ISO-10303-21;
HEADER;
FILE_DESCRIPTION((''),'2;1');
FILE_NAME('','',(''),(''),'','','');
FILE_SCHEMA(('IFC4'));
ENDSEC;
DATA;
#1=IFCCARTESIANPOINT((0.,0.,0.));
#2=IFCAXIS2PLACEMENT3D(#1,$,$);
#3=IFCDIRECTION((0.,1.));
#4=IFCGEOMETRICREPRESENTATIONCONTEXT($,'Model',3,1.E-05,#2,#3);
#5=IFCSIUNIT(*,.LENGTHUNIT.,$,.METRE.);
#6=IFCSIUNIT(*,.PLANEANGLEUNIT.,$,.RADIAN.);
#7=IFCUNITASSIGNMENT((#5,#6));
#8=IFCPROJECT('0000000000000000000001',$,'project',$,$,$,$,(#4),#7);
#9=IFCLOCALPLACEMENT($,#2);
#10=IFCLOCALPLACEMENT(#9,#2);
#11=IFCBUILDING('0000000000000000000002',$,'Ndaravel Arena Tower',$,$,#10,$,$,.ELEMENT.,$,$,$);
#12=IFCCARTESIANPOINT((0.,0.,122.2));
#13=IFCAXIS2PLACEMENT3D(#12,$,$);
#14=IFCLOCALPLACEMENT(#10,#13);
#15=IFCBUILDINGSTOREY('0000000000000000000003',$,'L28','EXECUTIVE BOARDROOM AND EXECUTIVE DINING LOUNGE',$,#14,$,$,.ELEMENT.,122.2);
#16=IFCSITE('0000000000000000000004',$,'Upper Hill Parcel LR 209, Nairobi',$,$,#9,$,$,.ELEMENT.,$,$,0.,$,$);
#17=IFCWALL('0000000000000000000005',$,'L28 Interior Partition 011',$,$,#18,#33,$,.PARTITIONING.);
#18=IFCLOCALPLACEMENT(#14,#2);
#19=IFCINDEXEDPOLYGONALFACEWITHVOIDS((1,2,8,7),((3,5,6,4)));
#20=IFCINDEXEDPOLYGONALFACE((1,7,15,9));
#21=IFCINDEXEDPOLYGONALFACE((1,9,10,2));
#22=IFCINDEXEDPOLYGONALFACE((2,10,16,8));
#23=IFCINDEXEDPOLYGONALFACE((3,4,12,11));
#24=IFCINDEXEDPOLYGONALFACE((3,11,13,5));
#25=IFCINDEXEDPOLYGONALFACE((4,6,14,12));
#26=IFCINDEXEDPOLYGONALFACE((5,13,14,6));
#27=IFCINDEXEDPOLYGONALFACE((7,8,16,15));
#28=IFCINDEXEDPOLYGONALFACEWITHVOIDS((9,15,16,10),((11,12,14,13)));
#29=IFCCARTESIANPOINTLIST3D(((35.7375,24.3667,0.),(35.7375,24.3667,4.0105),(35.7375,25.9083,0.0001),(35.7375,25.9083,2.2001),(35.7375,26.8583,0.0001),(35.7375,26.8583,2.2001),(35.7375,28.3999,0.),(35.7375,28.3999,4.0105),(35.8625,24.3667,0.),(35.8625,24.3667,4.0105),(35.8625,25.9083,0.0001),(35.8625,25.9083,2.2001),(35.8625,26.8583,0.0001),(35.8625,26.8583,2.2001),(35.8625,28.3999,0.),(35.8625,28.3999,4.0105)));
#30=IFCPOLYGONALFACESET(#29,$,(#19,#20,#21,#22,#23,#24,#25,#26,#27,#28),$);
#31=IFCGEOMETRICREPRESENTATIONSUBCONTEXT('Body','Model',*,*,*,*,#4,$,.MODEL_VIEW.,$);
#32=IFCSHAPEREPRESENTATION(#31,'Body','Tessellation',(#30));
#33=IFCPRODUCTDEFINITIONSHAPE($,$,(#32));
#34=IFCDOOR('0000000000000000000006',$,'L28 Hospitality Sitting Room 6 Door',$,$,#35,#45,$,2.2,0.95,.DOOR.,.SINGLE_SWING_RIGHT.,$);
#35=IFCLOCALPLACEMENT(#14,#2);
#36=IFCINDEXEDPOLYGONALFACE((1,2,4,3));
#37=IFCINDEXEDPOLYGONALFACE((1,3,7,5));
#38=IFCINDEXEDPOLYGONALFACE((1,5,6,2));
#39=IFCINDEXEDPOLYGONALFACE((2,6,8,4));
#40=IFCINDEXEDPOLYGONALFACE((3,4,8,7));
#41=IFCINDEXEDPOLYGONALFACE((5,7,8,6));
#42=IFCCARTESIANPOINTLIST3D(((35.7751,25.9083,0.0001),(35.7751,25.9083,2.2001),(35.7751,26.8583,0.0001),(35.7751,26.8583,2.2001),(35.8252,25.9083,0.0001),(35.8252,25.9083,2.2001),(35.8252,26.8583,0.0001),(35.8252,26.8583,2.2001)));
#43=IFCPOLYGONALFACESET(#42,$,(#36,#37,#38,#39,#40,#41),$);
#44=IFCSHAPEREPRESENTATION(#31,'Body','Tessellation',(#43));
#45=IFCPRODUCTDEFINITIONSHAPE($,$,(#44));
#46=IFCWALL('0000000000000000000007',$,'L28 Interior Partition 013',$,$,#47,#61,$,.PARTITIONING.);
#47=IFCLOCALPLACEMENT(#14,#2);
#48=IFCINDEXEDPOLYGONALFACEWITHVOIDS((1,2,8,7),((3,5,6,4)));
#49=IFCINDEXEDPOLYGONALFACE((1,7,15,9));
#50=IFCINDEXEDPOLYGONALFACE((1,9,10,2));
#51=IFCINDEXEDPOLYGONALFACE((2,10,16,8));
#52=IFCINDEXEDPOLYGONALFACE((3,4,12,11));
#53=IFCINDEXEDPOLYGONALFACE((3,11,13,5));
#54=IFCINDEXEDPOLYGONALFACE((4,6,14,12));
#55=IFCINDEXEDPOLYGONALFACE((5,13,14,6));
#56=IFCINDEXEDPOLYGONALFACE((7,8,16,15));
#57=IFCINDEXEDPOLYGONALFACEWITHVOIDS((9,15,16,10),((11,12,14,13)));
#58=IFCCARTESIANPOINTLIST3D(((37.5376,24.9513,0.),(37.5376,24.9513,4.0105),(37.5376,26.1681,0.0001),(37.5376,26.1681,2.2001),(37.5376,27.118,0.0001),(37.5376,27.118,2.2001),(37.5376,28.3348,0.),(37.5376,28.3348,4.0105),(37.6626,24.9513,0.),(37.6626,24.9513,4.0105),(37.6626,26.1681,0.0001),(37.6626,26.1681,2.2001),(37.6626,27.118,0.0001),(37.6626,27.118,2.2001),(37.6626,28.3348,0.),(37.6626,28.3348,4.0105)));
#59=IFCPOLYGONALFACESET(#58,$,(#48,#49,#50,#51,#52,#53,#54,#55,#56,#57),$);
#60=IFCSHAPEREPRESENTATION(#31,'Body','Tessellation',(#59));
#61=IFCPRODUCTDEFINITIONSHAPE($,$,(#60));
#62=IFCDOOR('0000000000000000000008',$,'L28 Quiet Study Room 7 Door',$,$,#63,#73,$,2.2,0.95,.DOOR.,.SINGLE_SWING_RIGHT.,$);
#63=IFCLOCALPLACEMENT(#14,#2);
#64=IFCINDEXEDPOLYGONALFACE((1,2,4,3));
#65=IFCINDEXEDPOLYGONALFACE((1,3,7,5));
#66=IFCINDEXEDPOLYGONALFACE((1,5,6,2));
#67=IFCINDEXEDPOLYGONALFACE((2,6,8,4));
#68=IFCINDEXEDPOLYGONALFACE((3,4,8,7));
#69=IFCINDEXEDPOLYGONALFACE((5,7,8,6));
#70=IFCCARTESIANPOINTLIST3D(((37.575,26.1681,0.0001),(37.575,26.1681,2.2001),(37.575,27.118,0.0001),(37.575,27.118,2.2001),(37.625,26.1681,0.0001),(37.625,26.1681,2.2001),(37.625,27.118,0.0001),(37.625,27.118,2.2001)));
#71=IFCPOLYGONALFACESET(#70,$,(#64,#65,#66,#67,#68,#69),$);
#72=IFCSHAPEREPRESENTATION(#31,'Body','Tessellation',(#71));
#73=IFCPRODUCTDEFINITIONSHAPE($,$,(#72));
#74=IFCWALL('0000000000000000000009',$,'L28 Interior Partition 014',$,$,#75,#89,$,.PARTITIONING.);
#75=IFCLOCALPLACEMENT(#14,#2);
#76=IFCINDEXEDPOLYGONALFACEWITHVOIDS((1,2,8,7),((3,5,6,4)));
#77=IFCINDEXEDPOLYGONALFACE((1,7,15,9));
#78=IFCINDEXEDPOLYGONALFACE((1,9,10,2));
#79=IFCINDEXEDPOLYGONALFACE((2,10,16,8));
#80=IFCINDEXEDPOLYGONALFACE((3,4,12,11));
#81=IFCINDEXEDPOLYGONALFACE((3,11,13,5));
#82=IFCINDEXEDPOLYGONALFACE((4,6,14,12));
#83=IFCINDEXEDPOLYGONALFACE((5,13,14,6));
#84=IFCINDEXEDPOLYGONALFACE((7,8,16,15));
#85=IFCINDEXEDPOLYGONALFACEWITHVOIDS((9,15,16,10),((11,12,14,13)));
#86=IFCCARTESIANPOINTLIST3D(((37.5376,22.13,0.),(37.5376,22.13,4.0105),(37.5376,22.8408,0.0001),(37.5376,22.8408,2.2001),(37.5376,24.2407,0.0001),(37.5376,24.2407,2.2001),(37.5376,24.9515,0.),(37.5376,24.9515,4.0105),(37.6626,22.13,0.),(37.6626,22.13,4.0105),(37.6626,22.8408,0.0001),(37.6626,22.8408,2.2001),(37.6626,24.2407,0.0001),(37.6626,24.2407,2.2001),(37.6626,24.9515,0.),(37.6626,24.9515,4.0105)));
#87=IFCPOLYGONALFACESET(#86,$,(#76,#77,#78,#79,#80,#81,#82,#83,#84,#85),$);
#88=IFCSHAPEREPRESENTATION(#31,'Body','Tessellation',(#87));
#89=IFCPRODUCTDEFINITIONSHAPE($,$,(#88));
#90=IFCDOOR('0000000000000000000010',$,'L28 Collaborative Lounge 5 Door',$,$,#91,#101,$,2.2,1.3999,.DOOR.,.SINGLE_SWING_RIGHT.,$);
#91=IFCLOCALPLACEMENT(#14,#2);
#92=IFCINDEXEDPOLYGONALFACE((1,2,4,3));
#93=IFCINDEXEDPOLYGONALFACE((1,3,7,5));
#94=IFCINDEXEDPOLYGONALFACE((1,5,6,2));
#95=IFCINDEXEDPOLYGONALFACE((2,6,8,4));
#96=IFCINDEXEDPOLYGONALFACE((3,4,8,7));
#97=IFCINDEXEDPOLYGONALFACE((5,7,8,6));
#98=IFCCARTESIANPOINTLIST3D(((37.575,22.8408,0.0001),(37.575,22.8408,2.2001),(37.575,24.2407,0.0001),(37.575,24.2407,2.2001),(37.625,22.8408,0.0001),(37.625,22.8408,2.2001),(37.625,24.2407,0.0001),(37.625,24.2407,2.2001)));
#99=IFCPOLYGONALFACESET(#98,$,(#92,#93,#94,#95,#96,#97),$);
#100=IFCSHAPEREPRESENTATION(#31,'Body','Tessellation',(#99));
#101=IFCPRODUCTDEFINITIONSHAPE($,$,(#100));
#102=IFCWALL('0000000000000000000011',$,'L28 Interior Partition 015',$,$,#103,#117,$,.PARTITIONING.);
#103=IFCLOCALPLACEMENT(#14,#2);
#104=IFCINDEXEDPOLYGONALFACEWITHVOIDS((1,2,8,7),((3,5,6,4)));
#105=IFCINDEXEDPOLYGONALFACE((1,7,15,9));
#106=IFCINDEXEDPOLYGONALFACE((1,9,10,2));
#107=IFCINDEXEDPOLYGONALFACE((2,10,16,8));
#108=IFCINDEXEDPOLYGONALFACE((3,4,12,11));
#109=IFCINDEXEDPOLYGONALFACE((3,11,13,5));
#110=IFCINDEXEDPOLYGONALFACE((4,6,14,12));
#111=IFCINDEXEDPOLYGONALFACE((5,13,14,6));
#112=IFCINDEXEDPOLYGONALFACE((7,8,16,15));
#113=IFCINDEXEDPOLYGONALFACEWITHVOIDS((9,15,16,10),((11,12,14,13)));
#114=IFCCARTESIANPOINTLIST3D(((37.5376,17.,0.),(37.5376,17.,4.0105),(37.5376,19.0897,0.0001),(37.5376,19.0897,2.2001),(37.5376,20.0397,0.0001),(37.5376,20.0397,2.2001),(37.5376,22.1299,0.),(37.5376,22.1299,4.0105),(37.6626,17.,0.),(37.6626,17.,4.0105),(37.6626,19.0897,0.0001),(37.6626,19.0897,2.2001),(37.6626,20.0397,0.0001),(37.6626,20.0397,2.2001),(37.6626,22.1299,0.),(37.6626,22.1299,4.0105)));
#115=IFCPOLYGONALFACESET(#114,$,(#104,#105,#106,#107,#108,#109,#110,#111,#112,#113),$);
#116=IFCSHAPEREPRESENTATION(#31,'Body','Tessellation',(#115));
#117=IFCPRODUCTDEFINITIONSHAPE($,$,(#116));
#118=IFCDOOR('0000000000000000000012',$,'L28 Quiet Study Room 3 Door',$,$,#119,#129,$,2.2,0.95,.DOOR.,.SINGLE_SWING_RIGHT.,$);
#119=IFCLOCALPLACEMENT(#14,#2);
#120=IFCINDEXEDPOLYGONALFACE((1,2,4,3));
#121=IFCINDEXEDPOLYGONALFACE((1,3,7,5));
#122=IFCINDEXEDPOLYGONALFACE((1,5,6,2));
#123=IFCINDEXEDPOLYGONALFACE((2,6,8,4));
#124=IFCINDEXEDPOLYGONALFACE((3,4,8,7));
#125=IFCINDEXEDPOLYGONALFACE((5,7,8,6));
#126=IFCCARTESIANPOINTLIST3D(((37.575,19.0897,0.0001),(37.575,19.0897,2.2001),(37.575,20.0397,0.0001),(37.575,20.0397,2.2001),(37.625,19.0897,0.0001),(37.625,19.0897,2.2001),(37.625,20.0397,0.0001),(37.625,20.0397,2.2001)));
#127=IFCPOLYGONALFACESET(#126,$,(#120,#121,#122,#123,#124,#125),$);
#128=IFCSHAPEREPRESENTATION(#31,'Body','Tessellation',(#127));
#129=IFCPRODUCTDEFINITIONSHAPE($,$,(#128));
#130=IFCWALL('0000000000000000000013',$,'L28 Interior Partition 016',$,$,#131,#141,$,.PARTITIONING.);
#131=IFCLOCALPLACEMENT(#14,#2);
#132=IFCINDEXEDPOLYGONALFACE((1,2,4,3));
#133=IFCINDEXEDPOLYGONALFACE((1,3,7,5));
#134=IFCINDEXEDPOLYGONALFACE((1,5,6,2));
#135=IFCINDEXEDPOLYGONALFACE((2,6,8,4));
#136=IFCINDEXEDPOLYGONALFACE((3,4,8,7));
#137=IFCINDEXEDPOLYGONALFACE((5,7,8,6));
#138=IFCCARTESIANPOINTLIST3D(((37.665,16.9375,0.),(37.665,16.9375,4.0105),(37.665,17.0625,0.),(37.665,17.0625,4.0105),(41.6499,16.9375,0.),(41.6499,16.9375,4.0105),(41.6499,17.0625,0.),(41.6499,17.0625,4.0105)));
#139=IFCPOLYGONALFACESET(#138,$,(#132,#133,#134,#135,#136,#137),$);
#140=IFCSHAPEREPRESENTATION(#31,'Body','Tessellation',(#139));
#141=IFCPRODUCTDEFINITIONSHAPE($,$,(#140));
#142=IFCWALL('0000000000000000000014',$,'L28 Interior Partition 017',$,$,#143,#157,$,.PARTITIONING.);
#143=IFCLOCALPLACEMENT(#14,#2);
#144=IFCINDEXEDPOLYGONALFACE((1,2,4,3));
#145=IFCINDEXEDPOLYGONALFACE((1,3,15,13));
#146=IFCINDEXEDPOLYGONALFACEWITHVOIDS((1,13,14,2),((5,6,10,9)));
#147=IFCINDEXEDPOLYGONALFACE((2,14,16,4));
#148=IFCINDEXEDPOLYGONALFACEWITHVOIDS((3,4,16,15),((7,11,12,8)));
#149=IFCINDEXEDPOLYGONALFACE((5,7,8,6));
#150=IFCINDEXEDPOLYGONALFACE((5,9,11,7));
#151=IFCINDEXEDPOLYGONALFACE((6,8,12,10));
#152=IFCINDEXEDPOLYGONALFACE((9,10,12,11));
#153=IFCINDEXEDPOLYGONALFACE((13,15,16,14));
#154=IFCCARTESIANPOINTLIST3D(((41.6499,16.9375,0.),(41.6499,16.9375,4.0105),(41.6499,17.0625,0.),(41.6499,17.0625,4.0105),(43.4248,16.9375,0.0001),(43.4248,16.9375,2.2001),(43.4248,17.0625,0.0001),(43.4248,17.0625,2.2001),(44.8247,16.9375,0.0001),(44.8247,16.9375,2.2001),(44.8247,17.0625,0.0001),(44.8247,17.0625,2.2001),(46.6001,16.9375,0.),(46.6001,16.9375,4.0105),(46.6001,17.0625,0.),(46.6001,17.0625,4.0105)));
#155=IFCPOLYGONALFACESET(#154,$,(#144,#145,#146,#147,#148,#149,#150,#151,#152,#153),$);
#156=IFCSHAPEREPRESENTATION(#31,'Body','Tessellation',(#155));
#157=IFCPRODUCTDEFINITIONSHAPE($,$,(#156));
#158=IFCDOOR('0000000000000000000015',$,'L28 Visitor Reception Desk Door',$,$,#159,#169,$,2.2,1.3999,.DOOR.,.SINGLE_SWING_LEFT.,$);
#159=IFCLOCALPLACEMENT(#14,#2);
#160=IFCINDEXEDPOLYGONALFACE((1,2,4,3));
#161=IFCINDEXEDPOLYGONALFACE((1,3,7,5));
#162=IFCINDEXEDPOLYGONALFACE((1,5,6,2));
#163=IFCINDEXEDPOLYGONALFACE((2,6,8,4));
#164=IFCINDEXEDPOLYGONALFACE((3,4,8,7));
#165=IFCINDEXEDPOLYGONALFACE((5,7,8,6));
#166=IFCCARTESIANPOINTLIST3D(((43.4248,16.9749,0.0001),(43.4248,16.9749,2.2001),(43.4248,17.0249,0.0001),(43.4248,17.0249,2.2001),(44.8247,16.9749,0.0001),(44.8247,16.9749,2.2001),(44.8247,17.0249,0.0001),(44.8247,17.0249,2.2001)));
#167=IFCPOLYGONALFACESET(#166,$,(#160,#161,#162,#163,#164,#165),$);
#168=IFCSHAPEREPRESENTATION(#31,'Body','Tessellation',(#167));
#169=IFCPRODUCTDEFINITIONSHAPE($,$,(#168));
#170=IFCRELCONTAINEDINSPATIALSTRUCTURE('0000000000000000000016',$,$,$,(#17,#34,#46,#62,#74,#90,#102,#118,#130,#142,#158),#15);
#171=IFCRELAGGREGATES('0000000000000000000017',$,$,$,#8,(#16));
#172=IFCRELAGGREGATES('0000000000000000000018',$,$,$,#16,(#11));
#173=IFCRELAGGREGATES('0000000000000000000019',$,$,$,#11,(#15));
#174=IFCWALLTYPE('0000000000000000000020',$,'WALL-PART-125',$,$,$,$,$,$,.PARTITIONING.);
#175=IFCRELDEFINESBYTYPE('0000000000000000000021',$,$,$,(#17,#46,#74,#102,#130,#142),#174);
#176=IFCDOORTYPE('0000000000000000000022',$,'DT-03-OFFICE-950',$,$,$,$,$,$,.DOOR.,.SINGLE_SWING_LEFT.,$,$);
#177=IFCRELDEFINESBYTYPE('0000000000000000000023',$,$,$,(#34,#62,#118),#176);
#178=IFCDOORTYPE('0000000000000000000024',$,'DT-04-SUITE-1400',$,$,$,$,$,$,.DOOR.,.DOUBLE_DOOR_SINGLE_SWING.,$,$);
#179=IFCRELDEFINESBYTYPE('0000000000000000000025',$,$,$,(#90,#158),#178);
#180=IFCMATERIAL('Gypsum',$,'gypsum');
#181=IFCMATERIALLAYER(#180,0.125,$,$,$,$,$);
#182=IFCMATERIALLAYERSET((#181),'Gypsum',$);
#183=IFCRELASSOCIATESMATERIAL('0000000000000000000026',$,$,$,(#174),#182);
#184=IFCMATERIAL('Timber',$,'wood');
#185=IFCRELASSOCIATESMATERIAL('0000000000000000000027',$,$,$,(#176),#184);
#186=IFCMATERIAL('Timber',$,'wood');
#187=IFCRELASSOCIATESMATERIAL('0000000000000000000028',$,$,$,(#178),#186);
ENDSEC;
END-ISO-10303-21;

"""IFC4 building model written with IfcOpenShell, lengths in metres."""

from ifc_helpers import new_model, si_unit, direction, frame, frame_2d, origin, place, context, subcontext, project, spatial, rectangle, extrude, material, layer, layer_set, type_object, element, fill, save


model = new_model("IFC4")

# Units and contexts
model_context = context("Model", 3, precision=1e-05, world=origin(), true_north=direction((0.0, 1.0)))
body_context = subcontext(model_context, "Body", "Model", "MODEL_VIEW")
ifc_project = project(units=[si_unit("LENGTHUNIT", "METRE"), si_unit("PLANEANGLEUNIT", "RADIAN")], contexts=[model_context])

# Site, building, storey
site_placement = place(None, origin())
site = spatial("IfcSite", under=ifc_project, at=site_placement, Name="Upper Hill Parcel LR 209, Nairobi", CompositionType="ELEMENT", RefElevation=0.0)
building_placement = place(site_placement, origin())
building = spatial("IfcBuilding", under=site, at=building_placement, Name="Ndaravel Arena Tower", CompositionType="ELEMENT")
storey_placement = place(building_placement, frame((0.0, 0.0, 122.2)))
storey = spatial("IfcBuildingStorey", under=building, at=storey_placement, Name="L28", Description="EXECUTIVE BOARDROOM AND EXECUTIVE DINING LOUNGE", CompositionType="ELEMENT", Elevation=122.2)

# Walls, openings, doors
ifc_material_1 = material(Name="Gypsum", Category="gypsum")
ifc_layer = layer(ifc_material_1, 0.125)
ifc_layer_set = layer_set([ifc_layer], Name="Gypsum")
wall_type = type_object("IfcWallType", Name="WALL-PART-125", PredefinedType="PARTITIONING", material=ifc_layer_set)
wall_1_placement = place(storey_placement, frame((35.8, 24.3667, 0.0), z_axis=(0.0, 0.0, 1.0), x_axis=(0.0, 1.0, 0.0)))
wall_1 = element("IfcWall", 1, at=wall_1_placement, inside=storey, type_object=wall_type, Name="L28 Interior Partition 011", PredefinedType="PARTITIONING", context=body_context, shape_type="SweptSolid", body=[
    extrude(rectangle(XDim=4.0332, YDim=0.125, at=frame_2d((2.0166, 0.0))), origin(), (0.0, 0.0, 1.0), 4.0105),
])
opening_1_placement = place(wall_1_placement, frame((1.5415, 0.0, 0.0)))
opening_1 = element("IfcOpeningElement", 2, at=opening_1_placement, cuts=wall_1, PredefinedType="OPENING", context=body_context, shape_type="SweptSolid", body=[
    extrude(rectangle(XDim=0.95, YDim=2.2, at=frame_2d((0.4751, 1.1001))), frame((0.0, 0.0625, 0.0), z_axis=(0.0, -1.0, 0.0), x_axis=(1.0, 0.0, 0.0)), (0.0, 0.0, 1.0), 0.125),
])
ifc_material_2 = material(Name="Timber", Category="wood")
door_type_1 = type_object("IfcDoorType", Name="DT-03-OFFICE-950", OperationType="SINGLE_SWING_LEFT", PredefinedType="DOOR", material=ifc_material_2)
door_1_placement = place(opening_1_placement, origin())
door_1 = element("IfcDoor", 3, at=door_1_placement, inside=storey, type_object=door_type_1, Name="L28 Hospitality Sitting Room 6 Door", OperationType="SINGLE_SWING_RIGHT", OverallHeight=2.2, OverallWidth=0.95, PredefinedType="DOOR", context=body_context, shape_type="SweptSolid", body=[
    extrude(rectangle(XDim=0.95, YDim=2.2, at=frame_2d((0.4751, 1.1001))), frame((0.0, 0.0249, 0.0), z_axis=(0.0, -1.0, 0.0), x_axis=(1.0, 0.0, 0.0)), (0.0, 0.0, 1.0), 0.05),
])
fill(opening_1, door_1)
wall_2_placement = place(storey_placement, frame((37.6001, 28.335, 0.0), z_axis=(0.0, 0.0, 1.0), x_axis=(0.0, -1.0, 0.0)))
wall_2 = element("IfcWall", 4, at=wall_2_placement, inside=storey, type_object=wall_type, Name="L28 Interior Partition 013", PredefinedType="PARTITIONING", context=body_context, shape_type="SweptSolid", body=[
    extrude(rectangle(XDim=3.3835, YDim=0.125, at=frame_2d((1.6919, 0.0))), origin(), (0.0, 0.0, 1.0), 4.0105),
])
opening_2_placement = place(wall_2_placement, frame((1.2168, 0.0, 0.0)))
opening_2 = element("IfcOpeningElement", 5, at=opening_2_placement, cuts=wall_2, PredefinedType="OPENING", context=body_context, shape_type="SweptSolid", body=[
    extrude(rectangle(XDim=0.95, YDim=2.2, at=frame_2d((0.4751, 1.1001))), frame((0.0, 0.0625, 0.0), z_axis=(0.0, -1.0, 0.0), x_axis=(1.0, 0.0, 0.0)), (0.0, 0.0, 1.0), 0.125),
])
door_2_placement = place(opening_2_placement, origin())
door_2 = element("IfcDoor", 6, at=door_2_placement, inside=storey, type_object=door_type_1, Name="L28 Quiet Study Room 7 Door", OperationType="SINGLE_SWING_RIGHT", OverallHeight=2.2, OverallWidth=0.95, PredefinedType="DOOR", context=body_context, shape_type="SweptSolid", body=[
    extrude(rectangle(XDim=0.95, YDim=2.2, at=frame_2d((0.4751, 1.1001))), frame((0.0, 0.0249, 0.0), z_axis=(0.0, -1.0, 0.0), x_axis=(1.0, 0.0, 0.0)), (0.0, 0.0, 1.0), 0.05),
])
fill(opening_2, door_2)
wall_3_placement = place(storey_placement, frame((37.6001, 24.9514, 0.0), z_axis=(0.0, 0.0, 1.0), x_axis=(0.0, -1.0, 0.0)))
wall_3 = element("IfcWall", 7, at=wall_3_placement, inside=storey, type_object=wall_type, Name="L28 Interior Partition 014", PredefinedType="PARTITIONING", context=body_context, shape_type="SweptSolid", body=[
    extrude(rectangle(XDim=2.8215, YDim=0.125, at=frame_2d((1.4106, 0.0))), origin(), (0.0, 0.0, 1.0), 4.0105),
])
opening_3_placement = place(wall_3_placement, frame((0.7107, 0.0, 0.0)))
opening_3 = element("IfcOpeningElement", 8, at=opening_3_placement, cuts=wall_3, PredefinedType="OPENING", context=body_context, shape_type="SweptSolid", body=[
    extrude(rectangle(XDim=1.3999, YDim=2.2, at=frame_2d((0.7, 1.1001))), frame((0.0, 0.0625, 0.0), z_axis=(0.0, -1.0, 0.0), x_axis=(1.0, 0.0, 0.0)), (0.0, 0.0, 1.0), 0.125),
])
ifc_material_3 = material(Name="Timber", Category="wood")
door_type_2 = type_object("IfcDoorType", Name="DT-04-SUITE-1400", OperationType="DOUBLE_DOOR_SINGLE_SWING", PredefinedType="DOOR", material=ifc_material_3)
door_3_placement = place(opening_3_placement, origin())
door_3 = element("IfcDoor", 9, at=door_3_placement, inside=storey, type_object=door_type_2, Name="L28 Collaborative Lounge 5 Door", OperationType="SINGLE_SWING_RIGHT", OverallHeight=2.2, OverallWidth=1.3999, PredefinedType="DOOR", context=body_context, shape_type="SweptSolid", body=[
    extrude(rectangle(XDim=1.3999, YDim=2.2, at=frame_2d((0.7, 1.1001))), frame((0.0, 0.0249, 0.0), z_axis=(0.0, -1.0, 0.0), x_axis=(1.0, 0.0, 0.0)), (0.0, 0.0, 1.0), 0.05),
])
fill(opening_3, door_3)
wall_4_placement = place(storey_placement, frame((37.6001, 22.1299, 0.0), z_axis=(0.0, 0.0, 1.0), x_axis=(0.0, -1.0, 0.0)))
wall_4 = element("IfcWall", 10, at=wall_4_placement, inside=storey, type_object=wall_type, Name="L28 Interior Partition 015", PredefinedType="PARTITIONING", context=body_context, shape_type="SweptSolid", body=[
    extrude(rectangle(XDim=5.1299, YDim=0.125, at=frame_2d((2.5649, 0.0))), origin(), (0.0, 0.0, 1.0), 4.0105),
])
opening_4_placement = place(wall_4_placement, frame((2.0901, 0.0, 0.0)))
opening_4 = element("IfcOpeningElement", 11, at=opening_4_placement, cuts=wall_4, PredefinedType="OPENING", context=body_context, shape_type="SweptSolid", body=[
    extrude(rectangle(XDim=0.95, YDim=2.2, at=frame_2d((0.4751, 1.1001))), frame((0.0, 0.0625, 0.0), z_axis=(0.0, -1.0, 0.0), x_axis=(1.0, 0.0, 0.0)), (0.0, 0.0, 1.0), 0.125),
])
door_4_placement = place(opening_4_placement, origin())
door_4 = element("IfcDoor", 12, at=door_4_placement, inside=storey, type_object=door_type_1, Name="L28 Quiet Study Room 3 Door", OperationType="SINGLE_SWING_RIGHT", OverallHeight=2.2, OverallWidth=0.95, PredefinedType="DOOR", context=body_context, shape_type="SweptSolid", body=[
    extrude(rectangle(XDim=0.95, YDim=2.2, at=frame_2d((0.4751, 1.1001))), frame((0.0, 0.0249, 0.0), z_axis=(0.0, -1.0, 0.0), x_axis=(1.0, 0.0, 0.0)), (0.0, 0.0, 1.0), 0.05),
])
fill(opening_4, door_4)

# Wall
wall_5_placement = place(storey_placement, frame((37.665, 17.0, 0.0), z_axis=(0.0, 0.0, 1.0), x_axis=(1.0, 0.0, 0.0)))
element("IfcWall", 13, at=wall_5_placement, inside=storey, type_object=wall_type, Name="L28 Interior Partition 016", PredefinedType="PARTITIONING", context=body_context, shape_type="SweptSolid", body=[
    extrude(rectangle(XDim=3.9849, YDim=0.125, at=frame_2d((1.9924, 0.0))), origin(), (0.0, 0.0, 1.0), 4.0105),
])

# Wall, opening, door
wall_6_placement = place(storey_placement, frame((41.6499, 17.0, 0.0), z_axis=(0.0, 0.0, 1.0), x_axis=(1.0, 0.0, 0.0)))
wall_6 = element("IfcWall", 14, at=wall_6_placement, inside=storey, type_object=wall_type, Name="L28 Interior Partition 017", PredefinedType="PARTITIONING", context=body_context, shape_type="SweptSolid", body=[
    extrude(rectangle(XDim=4.9502, YDim=0.125, at=frame_2d((2.4751, 0.0))), origin(), (0.0, 0.0, 1.0), 4.0105),
])
opening_5_placement = place(wall_6_placement, frame((1.7749, 0.0, 0.0)))
opening_5 = element("IfcOpeningElement", 15, at=opening_5_placement, cuts=wall_6, PredefinedType="OPENING", context=body_context, shape_type="SweptSolid", body=[
    extrude(rectangle(XDim=1.3999, YDim=2.2, at=frame_2d((0.7, 1.1001))), frame((0.0, 0.0625, 0.0), z_axis=(0.0, -1.0, 0.0), x_axis=(1.0, 0.0, 0.0)), (0.0, 0.0, 1.0), 0.125),
])
door_5_placement = place(opening_5_placement, origin())
door_5 = element("IfcDoor", 16, at=door_5_placement, inside=storey, type_object=door_type_2, Name="L28 Visitor Reception Desk Door", OperationType="SINGLE_SWING_LEFT", OverallHeight=2.2, OverallWidth=1.3999, PredefinedType="DOOR", context=body_context, shape_type="SweptSolid", body=[
    extrude(rectangle(XDim=1.3999, YDim=2.2, at=frame_2d((0.7, 1.1001))), frame((0.0, 0.0249, 0.0), z_axis=(0.0, -1.0, 0.0), x_axis=(1.0, 0.0, 0.0)), (0.0, 0.0, 1.0), 0.05),
])
fill(opening_5, door_5)

save(model, "model.ifc")
